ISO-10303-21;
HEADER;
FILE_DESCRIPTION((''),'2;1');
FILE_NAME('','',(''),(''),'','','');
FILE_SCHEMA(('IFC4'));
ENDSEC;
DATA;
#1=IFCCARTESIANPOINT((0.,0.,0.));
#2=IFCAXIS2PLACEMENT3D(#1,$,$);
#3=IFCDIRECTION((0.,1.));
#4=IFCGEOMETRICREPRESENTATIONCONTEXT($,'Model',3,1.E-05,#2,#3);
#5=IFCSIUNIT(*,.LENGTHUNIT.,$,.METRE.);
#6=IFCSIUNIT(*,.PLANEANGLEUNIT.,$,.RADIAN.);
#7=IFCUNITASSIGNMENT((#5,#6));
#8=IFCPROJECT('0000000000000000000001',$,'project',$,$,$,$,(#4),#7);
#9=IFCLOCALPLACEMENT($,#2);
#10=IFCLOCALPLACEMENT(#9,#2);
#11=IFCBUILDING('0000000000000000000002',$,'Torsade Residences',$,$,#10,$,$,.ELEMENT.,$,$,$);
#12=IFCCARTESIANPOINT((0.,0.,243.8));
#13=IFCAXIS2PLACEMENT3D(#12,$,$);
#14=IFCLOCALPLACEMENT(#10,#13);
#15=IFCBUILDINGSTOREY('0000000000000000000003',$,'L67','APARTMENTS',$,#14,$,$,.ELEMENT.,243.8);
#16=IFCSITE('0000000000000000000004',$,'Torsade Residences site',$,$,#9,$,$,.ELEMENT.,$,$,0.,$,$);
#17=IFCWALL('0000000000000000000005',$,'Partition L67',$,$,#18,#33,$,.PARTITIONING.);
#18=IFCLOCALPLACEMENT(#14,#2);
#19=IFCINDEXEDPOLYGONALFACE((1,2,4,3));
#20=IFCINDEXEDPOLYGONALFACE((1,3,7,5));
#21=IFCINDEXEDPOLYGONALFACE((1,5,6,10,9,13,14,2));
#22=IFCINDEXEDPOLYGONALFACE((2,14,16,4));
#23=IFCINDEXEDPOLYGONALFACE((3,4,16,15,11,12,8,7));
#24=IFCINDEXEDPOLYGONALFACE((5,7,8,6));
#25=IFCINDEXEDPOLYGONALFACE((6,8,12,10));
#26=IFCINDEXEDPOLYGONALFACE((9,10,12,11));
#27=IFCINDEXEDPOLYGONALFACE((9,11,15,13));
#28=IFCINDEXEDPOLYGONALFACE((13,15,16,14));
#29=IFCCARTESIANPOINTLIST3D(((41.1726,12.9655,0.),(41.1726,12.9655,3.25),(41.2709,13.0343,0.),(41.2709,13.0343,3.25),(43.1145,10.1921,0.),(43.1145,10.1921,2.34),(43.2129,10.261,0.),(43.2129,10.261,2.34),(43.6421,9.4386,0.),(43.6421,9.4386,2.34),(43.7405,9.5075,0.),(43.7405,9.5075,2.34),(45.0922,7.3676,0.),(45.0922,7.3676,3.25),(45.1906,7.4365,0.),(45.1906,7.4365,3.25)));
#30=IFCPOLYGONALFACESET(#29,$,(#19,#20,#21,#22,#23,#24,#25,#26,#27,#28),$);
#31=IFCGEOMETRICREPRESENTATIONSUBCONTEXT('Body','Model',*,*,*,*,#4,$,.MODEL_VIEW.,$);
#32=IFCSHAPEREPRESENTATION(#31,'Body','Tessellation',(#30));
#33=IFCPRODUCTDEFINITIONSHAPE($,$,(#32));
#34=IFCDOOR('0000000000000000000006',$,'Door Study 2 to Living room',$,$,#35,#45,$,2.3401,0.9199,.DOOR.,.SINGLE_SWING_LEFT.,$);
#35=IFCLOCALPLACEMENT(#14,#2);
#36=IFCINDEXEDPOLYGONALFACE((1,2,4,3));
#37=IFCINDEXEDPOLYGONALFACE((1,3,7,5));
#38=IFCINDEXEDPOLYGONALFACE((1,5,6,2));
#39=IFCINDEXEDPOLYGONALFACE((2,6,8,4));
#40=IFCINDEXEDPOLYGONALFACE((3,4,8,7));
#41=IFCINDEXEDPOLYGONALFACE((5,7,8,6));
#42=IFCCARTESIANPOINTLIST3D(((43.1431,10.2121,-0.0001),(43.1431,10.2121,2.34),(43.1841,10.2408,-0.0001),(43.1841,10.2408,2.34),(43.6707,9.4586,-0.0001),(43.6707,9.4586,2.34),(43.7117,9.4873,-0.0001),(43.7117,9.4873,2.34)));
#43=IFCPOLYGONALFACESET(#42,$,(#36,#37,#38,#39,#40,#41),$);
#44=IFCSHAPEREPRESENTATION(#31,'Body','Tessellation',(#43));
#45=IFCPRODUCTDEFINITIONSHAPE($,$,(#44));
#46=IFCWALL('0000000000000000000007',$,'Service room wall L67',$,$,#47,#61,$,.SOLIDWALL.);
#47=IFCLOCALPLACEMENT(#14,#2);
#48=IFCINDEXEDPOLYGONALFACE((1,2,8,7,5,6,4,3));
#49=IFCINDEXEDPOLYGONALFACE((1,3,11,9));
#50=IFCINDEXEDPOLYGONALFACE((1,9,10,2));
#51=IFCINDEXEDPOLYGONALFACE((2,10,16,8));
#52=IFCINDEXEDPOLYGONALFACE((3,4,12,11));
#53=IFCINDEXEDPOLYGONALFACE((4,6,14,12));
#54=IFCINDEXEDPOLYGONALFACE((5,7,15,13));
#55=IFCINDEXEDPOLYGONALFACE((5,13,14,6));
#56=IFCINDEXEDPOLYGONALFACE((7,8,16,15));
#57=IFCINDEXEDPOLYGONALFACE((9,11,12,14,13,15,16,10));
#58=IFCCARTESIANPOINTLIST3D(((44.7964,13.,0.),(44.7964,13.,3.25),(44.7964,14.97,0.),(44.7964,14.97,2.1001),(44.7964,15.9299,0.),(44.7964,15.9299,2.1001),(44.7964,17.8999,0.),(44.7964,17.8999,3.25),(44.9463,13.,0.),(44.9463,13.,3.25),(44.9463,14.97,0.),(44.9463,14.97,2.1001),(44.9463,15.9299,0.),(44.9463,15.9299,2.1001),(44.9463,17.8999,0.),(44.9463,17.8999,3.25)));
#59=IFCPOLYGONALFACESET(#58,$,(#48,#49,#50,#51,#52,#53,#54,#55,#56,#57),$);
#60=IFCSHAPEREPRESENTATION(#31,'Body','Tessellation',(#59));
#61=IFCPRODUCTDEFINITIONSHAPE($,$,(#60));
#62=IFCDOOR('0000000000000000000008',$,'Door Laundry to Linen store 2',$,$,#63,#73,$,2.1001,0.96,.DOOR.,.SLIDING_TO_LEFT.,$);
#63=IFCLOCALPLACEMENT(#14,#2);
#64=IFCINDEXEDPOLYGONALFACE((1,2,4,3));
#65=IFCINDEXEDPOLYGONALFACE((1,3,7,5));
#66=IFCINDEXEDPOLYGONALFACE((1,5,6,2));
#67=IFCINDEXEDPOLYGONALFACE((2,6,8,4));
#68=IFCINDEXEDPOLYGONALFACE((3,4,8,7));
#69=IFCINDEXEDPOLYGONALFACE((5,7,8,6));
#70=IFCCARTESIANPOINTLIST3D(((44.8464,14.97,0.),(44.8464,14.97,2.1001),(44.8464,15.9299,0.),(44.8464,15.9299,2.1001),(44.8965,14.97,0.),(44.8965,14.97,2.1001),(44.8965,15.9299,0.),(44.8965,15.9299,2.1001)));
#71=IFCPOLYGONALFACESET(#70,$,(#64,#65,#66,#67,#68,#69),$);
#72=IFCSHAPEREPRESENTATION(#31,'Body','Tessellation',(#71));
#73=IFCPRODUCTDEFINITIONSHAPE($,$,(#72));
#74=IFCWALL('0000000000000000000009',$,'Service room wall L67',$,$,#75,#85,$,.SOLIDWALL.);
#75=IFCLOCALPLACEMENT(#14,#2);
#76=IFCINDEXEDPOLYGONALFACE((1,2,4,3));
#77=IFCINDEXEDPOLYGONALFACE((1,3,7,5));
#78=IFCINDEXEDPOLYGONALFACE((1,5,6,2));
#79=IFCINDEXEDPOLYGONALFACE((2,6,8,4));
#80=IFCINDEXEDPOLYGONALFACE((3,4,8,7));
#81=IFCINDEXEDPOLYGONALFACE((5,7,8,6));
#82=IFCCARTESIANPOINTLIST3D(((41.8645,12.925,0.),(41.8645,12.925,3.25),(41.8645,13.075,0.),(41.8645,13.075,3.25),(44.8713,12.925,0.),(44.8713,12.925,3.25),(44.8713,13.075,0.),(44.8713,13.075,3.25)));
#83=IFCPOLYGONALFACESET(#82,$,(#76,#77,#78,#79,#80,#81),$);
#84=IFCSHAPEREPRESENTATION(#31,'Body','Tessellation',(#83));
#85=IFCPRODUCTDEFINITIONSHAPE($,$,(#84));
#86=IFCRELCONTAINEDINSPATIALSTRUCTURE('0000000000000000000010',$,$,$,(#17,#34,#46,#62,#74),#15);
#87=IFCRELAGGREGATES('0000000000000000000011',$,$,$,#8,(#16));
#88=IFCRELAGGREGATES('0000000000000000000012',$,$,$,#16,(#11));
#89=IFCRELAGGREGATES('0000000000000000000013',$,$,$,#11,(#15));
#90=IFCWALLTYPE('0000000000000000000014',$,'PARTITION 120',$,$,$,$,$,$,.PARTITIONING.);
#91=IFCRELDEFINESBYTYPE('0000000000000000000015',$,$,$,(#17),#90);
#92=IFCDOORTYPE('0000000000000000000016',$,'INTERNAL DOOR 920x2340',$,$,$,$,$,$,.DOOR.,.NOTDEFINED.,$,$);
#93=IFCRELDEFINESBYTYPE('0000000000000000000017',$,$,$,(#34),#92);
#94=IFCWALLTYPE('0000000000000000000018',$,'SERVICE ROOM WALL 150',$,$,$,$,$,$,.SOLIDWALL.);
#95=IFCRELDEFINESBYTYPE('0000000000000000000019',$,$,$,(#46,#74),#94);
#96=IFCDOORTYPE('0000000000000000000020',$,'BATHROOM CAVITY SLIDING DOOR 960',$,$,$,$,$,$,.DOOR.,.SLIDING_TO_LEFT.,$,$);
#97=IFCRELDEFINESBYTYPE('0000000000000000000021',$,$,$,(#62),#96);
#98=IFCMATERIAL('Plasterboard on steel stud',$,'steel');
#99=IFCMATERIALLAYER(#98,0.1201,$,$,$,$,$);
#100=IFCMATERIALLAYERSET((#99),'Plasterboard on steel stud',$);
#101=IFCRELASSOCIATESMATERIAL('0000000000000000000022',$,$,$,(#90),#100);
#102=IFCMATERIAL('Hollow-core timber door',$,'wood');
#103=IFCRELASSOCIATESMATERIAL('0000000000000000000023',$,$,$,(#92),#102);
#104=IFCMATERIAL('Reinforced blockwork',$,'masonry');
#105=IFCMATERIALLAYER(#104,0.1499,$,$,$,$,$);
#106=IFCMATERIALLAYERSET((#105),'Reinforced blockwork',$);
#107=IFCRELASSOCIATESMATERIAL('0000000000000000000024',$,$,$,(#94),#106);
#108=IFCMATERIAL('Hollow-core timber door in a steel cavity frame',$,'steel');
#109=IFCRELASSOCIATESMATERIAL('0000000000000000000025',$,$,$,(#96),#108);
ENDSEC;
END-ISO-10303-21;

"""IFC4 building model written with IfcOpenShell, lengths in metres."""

from ifc_helpers import new_model, si_unit, direction, frame, frame_2d, origin, place, context, subcontext, project, spatial, rectangle, extrude, material, layer, layer_set, type_object, element, fill, save


model = new_model("IFC4")

# Units and contexts
model_context = context("Model", 3, precision=1e-05, world=origin(), true_north=direction((0.0, 1.0)))
body_context = subcontext(model_context, "Body", "Model", "MODEL_VIEW")
ifc_project = project(units=[si_unit("LENGTHUNIT", "METRE"), si_unit("PLANEANGLEUNIT", "RADIAN")], contexts=[model_context])

# Site, building, storey
site_placement = place(None, origin())
site = spatial("IfcSite", under=ifc_project, at=site_placement, Name="Torsade Residences site", CompositionType="ELEMENT", RefElevation=0.0)
building_placement = place(site_placement, origin())
building = spatial("IfcBuilding", under=site, at=building_placement, Name="Torsade Residences", CompositionType="ELEMENT")
storey_placement = place(building_placement, frame((0.0, 0.0, 243.8)))
storey = spatial("IfcBuildingStorey", under=building, at=storey_placement, Name="L67", Description="APARTMENTS", CompositionType="ELEMENT", Elevation=243.8)

# Shared definitions
ifc_material_1 = material(Name="Plasterboard on steel stud", Category="steel")
ifc_layer_1 = layer(ifc_material_1, 0.1201)
ifc_layer_set_1 = layer_set([ifc_layer_1], Name="Plasterboard on steel stud")
wall_type_1 = type_object("IfcWallType", Name="PARTITION 120", PredefinedType="PARTITIONING", material=ifc_layer_set_1)

# Walls, openings, doors
wall_1_placement = place(storey_placement, frame((41.2217, 13.0, 0.0), z_axis=(0.0, 0.0, 1.0), x_axis=(0.573575, -0.819153, 0.0)))
wall_1 = element("IfcWall", 1, at=wall_1_placement, inside=storey, type_object=wall_type_1, Name="Partition L67", PredefinedType="PARTITIONING", context=body_context, shape_type="SweptSolid", body=[
    extrude(rectangle(XDim=6.8337, YDim=0.1201, at=frame_2d((3.417, 0.0))), origin(), (0.0, 0.0, 1.0), 3.25),
])
opening_1_placement = place(wall_1_placement, frame((3.3857, 0.0, 0.0)))
opening_1 = element("IfcOpeningElement", 2, at=opening_1_placement, cuts=wall_1, PredefinedType="OPENING", context=body_context, shape_type="SweptSolid", body=[
    extrude(rectangle(XDim=0.9199, YDim=2.3401, at=frame_2d((0.46, 1.1699))), frame((0.0, 0.0701, 0.0), z_axis=(0.0, -1.0, 0.0), x_axis=(1.0, 0.0, 0.0)), (0.0, 0.0, 1.0), 0.1401),
])
ifc_material_2 = material(Name="Hollow-core timber door", Category="wood")
door_type_1 = type_object("IfcDoorType", Name="INTERNAL DOOR 920x2340", OperationType="NOTDEFINED", PredefinedType="DOOR", material=ifc_material_2)
door_1_placement = place(opening_1_placement, origin())
door_1 = element("IfcDoor", 3, at=door_1_placement, inside=storey, type_object=door_type_1, Name="Door Study 2 to Living room", OperationType="SINGLE_SWING_LEFT", OverallHeight=2.3401, OverallWidth=0.9199, PredefinedType="DOOR", context=body_context, shape_type="SweptSolid", body=[
    extrude(rectangle(XDim=0.9199, YDim=2.3401, at=frame_2d((0.46, 1.1699))), frame((0.0, 0.0249, 0.0), z_axis=(0.0, -1.0, 0.0), x_axis=(1.0, 0.0, 0.0)), (0.0, 0.0, 1.0), 0.05),
])
fill(opening_1, door_1)
ifc_material_3 = material(Name="Reinforced blockwork", Category="masonry")
ifc_layer_2 = layer(ifc_material_3, 0.1499)
ifc_layer_set_2 = layer_set([ifc_layer_2], Name="Reinforced blockwork")
wall_type_2 = type_object("IfcWallType", Name="SERVICE ROOM WALL 150", PredefinedType="SOLIDWALL", material=ifc_layer_set_2)
wall_2_placement = place(storey_placement, frame((44.8713, 13.0, 0.0), z_axis=(0.0, 0.0, 1.0), x_axis=(0.0, 1.0, 0.0)))
wall_2 = element("IfcWall", 4, at=wall_2_placement, inside=storey, type_object=wall_type_2, Name="Service room wall L67", PredefinedType="SOLIDWALL", context=body_context, shape_type="SweptSolid", body=[
    extrude(rectangle(XDim=4.8999, YDim=0.1499, at=frame_2d((2.45, 0.0))), origin(), (0.0, 0.0, 1.0), 3.25),
])
opening_2_placement = place(wall_2_placement, frame((1.97, 0.0, 0.0)))
opening_2 = element("IfcOpeningElement", 5, at=opening_2_placement, cuts=wall_2, PredefinedType="OPENING", context=body_context, shape_type="SweptSolid", body=[
    extrude(rectangle(XDim=0.96, YDim=2.1001, at=frame_2d((0.48, 1.05))), frame((0.0, 0.085, 0.0), z_axis=(0.0, -1.0, 0.0), x_axis=(1.0, 0.0, 0.0)), (0.0, 0.0, 1.0), 0.1699),
])
ifc_material_4 = material(Name="Hollow-core timber door in a steel cavity frame", Category="steel")
door_type_2 = type_object("IfcDoorType", Name="BATHROOM CAVITY SLIDING DOOR 960", OperationType="SLIDING_TO_LEFT", PredefinedType="DOOR", material=ifc_material_4)
door_2_placement = place(opening_2_placement, origin())
door_2 = element("IfcDoor", 6, at=door_2_placement, inside=storey, type_object=door_type_2, Name="Door Laundry to Linen store 2", OperationType="SLIDING_TO_LEFT", OverallHeight=2.1001, OverallWidth=0.96, PredefinedType="DOOR", context=body_context, shape_type="SweptSolid", body=[
    extrude(rectangle(XDim=0.96, YDim=2.1001, at=frame_2d((0.48, 1.05))), frame((0.0, 0.0249, 0.0), z_axis=(0.0, -1.0, 0.0), x_axis=(1.0, 0.0, 0.0)), (0.0, 0.0, 1.0), 0.05),
])
fill(opening_2, door_2)

# Wall
wall_3_placement = place(storey_placement, frame((44.8713, 13.0, 0.0), z_axis=(0.0, 0.0, 1.0), x_axis=(-1.0, 0.0, 0.0)))
element("IfcWall", 7, at=wall_3_placement, inside=storey, type_object=wall_type_2, Name="Service room wall L67", PredefinedType="SOLIDWALL", context=body_context, shape_type="SweptSolid", body=[
    extrude(rectangle(XDim=3.0068, YDim=0.1499, at=frame_2d((1.5034, 0.0))), origin(), (0.0, 0.0, 1.0), 3.25),
])

save(model, "model.ifc")
